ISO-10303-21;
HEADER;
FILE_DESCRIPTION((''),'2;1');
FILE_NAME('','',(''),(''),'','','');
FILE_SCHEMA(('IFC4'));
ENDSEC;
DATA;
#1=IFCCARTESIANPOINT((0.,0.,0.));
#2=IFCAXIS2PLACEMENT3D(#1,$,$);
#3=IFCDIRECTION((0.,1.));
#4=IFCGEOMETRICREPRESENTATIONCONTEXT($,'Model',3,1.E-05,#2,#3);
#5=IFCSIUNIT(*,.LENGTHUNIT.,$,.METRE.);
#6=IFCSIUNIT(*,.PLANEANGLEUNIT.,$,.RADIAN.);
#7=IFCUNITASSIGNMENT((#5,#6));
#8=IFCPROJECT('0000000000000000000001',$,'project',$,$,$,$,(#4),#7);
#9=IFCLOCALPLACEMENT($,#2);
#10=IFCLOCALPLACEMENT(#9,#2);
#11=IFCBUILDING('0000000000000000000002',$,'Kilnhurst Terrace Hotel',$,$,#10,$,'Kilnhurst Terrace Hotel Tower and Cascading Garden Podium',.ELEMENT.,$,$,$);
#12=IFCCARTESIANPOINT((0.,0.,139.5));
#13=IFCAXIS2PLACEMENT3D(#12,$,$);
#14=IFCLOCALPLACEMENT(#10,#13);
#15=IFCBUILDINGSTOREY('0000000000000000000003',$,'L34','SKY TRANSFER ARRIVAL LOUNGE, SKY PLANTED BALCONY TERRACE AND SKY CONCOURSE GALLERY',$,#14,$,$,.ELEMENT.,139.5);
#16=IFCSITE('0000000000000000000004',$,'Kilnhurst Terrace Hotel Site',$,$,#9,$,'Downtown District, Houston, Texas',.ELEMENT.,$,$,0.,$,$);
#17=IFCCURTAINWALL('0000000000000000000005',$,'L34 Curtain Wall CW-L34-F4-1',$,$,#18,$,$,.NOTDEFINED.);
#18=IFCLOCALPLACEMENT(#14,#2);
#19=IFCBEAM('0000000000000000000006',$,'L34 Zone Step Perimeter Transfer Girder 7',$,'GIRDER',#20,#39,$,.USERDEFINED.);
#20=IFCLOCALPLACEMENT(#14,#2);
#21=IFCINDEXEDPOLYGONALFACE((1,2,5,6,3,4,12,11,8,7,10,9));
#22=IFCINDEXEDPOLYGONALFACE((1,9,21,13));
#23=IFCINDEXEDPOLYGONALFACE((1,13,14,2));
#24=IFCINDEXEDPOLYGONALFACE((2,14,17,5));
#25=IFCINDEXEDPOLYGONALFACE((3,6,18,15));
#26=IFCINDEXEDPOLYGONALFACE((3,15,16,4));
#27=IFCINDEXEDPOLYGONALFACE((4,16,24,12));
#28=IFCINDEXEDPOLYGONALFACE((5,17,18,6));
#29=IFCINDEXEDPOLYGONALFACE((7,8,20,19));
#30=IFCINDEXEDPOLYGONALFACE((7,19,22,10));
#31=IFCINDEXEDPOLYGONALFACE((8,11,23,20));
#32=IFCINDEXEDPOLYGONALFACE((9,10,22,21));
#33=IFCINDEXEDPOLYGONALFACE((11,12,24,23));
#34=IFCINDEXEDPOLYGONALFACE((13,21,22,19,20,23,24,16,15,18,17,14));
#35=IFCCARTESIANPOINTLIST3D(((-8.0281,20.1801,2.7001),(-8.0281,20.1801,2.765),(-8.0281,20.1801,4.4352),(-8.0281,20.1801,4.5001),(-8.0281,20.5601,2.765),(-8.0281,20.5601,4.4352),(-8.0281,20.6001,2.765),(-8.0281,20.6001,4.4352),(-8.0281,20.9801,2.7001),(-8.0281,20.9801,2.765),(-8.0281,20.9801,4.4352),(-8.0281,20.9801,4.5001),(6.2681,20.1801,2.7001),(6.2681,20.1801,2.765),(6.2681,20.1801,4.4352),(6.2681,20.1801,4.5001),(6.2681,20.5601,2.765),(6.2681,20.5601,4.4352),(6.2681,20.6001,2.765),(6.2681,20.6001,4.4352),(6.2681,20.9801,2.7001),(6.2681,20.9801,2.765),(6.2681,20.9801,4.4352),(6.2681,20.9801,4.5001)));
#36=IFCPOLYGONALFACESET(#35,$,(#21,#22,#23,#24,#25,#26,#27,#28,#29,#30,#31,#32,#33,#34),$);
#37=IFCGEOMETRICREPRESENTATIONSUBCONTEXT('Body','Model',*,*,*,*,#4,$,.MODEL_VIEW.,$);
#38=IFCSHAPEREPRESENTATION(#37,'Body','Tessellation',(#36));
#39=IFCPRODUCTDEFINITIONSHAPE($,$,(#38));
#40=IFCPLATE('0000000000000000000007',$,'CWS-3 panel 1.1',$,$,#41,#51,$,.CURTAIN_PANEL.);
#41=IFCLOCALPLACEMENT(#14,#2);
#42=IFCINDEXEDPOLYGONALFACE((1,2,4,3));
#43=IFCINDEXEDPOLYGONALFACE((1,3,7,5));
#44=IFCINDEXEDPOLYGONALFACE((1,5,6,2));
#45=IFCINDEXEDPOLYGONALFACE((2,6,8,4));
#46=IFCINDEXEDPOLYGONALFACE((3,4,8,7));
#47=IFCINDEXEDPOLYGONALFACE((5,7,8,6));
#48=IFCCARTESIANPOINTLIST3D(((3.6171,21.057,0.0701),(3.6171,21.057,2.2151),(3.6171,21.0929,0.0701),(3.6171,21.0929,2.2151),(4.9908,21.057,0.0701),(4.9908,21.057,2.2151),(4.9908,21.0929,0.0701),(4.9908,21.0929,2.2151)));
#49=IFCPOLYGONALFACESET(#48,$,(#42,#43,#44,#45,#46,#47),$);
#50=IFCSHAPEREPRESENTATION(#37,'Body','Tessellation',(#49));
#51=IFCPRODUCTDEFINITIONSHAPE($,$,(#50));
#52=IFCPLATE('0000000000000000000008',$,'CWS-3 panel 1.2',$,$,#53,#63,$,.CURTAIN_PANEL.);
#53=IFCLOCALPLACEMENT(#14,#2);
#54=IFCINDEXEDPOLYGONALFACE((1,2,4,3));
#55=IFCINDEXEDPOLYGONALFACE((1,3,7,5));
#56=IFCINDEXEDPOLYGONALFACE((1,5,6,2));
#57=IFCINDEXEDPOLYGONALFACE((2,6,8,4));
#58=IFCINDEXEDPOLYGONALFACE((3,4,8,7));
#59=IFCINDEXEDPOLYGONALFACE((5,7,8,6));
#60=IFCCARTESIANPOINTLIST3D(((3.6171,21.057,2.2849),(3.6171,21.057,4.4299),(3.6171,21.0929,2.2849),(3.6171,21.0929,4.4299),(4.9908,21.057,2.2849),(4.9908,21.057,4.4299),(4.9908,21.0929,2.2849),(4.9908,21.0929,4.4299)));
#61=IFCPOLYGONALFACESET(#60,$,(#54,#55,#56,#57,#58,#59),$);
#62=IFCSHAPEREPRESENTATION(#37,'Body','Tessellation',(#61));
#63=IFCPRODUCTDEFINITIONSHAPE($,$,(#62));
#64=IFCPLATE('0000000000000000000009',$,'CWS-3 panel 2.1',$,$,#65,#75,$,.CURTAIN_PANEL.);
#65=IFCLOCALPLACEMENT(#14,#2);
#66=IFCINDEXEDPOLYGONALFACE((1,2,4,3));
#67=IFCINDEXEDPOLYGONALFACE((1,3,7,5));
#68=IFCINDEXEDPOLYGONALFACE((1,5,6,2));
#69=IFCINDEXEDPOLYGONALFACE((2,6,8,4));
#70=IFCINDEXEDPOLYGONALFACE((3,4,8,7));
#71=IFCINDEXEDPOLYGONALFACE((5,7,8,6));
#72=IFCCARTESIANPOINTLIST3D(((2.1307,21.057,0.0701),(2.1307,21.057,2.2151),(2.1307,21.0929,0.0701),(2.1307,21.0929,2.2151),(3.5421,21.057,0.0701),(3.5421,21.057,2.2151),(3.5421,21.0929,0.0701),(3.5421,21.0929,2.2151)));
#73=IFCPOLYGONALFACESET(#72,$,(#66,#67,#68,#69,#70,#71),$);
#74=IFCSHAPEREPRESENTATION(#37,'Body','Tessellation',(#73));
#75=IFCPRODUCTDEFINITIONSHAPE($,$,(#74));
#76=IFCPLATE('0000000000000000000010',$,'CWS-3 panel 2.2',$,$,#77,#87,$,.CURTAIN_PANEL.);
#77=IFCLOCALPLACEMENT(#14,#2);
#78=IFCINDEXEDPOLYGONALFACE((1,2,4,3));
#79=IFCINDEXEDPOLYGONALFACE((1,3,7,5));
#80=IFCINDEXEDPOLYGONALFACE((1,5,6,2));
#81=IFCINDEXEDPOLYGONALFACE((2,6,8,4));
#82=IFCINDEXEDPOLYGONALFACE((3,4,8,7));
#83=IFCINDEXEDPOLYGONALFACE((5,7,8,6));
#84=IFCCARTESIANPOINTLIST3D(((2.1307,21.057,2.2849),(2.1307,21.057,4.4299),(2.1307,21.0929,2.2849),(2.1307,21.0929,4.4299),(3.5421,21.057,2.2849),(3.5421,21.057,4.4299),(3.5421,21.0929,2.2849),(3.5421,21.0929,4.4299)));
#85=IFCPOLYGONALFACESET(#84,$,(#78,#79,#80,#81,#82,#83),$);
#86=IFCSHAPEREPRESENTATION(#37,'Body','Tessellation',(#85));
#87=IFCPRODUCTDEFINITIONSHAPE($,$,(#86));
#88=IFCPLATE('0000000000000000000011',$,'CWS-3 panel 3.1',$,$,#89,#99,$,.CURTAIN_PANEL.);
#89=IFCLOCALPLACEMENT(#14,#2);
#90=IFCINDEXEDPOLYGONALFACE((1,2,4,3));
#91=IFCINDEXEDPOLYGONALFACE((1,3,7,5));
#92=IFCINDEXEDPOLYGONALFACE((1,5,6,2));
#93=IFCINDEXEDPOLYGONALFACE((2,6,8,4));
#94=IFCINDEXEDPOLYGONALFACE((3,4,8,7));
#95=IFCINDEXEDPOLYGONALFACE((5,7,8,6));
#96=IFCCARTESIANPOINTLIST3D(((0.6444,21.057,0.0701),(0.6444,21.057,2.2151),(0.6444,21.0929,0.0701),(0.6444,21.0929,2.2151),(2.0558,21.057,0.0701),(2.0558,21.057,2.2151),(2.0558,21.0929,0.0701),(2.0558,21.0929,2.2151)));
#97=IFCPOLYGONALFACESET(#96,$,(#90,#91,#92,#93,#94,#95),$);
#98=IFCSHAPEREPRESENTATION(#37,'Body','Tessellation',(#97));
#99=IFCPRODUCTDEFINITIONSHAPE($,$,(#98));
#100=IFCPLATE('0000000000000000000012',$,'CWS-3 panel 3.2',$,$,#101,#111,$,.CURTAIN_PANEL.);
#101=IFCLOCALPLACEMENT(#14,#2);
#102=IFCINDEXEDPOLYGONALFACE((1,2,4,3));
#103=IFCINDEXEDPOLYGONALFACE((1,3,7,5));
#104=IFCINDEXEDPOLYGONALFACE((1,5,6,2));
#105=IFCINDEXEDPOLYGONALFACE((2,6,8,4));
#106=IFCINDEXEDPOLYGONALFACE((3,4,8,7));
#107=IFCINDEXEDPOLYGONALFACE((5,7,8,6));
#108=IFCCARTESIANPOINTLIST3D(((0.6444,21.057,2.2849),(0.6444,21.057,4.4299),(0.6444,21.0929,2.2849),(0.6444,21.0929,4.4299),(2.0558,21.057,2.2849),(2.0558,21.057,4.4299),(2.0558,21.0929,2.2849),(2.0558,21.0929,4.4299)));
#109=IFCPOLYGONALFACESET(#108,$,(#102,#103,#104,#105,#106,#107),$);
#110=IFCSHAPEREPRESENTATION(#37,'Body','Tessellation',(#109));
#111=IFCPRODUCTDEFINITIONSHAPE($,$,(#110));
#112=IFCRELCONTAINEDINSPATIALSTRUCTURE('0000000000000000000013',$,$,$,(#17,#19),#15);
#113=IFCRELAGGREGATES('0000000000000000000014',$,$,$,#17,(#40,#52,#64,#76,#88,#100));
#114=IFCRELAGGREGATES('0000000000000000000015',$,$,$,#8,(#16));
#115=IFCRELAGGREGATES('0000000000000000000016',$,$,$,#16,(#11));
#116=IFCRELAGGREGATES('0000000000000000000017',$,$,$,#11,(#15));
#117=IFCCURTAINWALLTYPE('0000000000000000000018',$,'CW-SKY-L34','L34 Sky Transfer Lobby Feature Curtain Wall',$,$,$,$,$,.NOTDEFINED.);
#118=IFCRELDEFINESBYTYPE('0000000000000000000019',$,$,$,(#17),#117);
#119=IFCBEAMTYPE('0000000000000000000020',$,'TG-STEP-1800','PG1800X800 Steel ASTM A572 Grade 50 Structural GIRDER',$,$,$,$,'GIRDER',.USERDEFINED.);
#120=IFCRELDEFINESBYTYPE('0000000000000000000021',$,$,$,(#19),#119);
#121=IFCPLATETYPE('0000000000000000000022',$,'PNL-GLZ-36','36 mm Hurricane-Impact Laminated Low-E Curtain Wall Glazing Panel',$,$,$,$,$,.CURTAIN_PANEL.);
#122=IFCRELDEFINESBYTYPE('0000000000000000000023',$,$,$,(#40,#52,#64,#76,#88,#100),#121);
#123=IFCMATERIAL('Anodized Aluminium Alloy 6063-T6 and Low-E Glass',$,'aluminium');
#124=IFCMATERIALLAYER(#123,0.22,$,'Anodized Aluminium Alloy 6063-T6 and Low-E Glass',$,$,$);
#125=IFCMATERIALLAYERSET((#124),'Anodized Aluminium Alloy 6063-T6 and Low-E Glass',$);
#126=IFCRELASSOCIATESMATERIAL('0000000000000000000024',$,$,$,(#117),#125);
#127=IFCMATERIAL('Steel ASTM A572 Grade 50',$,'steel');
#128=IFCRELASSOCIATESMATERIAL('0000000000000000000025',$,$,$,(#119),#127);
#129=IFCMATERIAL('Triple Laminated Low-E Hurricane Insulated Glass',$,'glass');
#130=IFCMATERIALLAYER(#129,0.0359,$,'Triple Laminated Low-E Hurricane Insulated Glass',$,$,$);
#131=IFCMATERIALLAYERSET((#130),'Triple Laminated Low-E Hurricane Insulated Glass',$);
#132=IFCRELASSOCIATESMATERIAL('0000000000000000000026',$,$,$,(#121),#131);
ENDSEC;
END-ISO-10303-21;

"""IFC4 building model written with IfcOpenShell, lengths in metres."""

from ifc_helpers import new_model, si_unit, direction, frame, origin, origin_2d, place, context, subcontext, project, spatial, rectangle, i_section, extrude, material, layer, layer_set, material_profile, profile_set, type_object, element, aggregate, save


model = new_model("IFC4")

# Units and contexts
model_context = context("Model", 3, precision=1e-05, world=origin(), true_north=direction((0.0, 1.0)))
body_context = subcontext(model_context, "Body", "Model", "MODEL_VIEW")
ifc_project = project(units=[si_unit("LENGTHUNIT", "METRE"), si_unit("PLANEANGLEUNIT", "RADIAN")], contexts=[model_context])

# Site, building, storey
site_placement = place(None, origin())
site = spatial("IfcSite", under=ifc_project, at=site_placement, Name="Kilnhurst Terrace Hotel Site", LongName="Downtown District, Houston, Texas", CompositionType="ELEMENT", RefElevation=0.0)
building_placement = place(site_placement, origin())
building = spatial("IfcBuilding", under=site, at=building_placement, Name="Kilnhurst Terrace Hotel", LongName="Kilnhurst Terrace Hotel Tower and Cascading Garden Podium", CompositionType="ELEMENT")
storey_placement = place(building_placement, frame((0.0, 0.0, 139.5)))
storey = spatial("IfcBuildingStorey", under=building, at=storey_placement, Name="L34", Description="SKY TRANSFER ARRIVAL LOUNGE, SKY PLANTED BALCONY TERRACE AND SKY CONCOURSE GALLERY", CompositionType="ELEMENT", Elevation=139.5)

# Curtain wall
ifc_material_1 = material(Name="Anodized Aluminium Alloy 6063-T6 and Low-E Glass", Category="aluminium")
ifc_layer_1 = layer(ifc_material_1, 0.22, Name="Anodized Aluminium Alloy 6063-T6 and Low-E Glass")
ifc_layer_set_1 = layer_set([ifc_layer_1], Name="Anodized Aluminium Alloy 6063-T6 and Low-E Glass")
curtain_wall_type = type_object("IfcCurtainWallType", Name="CW-SKY-L34", Description="L34 Sky Transfer Lobby Feature Curtain Wall", PredefinedType="NOTDEFINED", material=ifc_layer_set_1)
curtain_wall_placement = place(storey_placement, origin())
curtain_wall = element("IfcCurtainWall", 1, at=curtain_wall_placement, inside=storey, type_object=curtain_wall_type, Name="L34 Curtain Wall CW-L34-F4-1", PredefinedType="NOTDEFINED")

# Beam
ifc_material_2 = material(Name="Steel ASTM A572 Grade 50", Category="steel")
ifc_material_profile_1 = material_profile(ifc_material_2, i_section(OverallWidth=0.8, OverallDepth=1.8, WebThickness=0.04, FlangeThickness=0.0649, at=origin_2d()), Name="PG1800X800")
ifc_profile_set_1 = profile_set([ifc_material_profile_1], Name="Steel ASTM A572 Grade 50")
beam_type_1 = type_object("IfcBeamType", Name="TG-STEP-1800", Description="PG1800X800 Steel ASTM A572 Grade 50 Structural GIRDER", ElementType="GIRDER", PredefinedType="USERDEFINED", material=ifc_profile_set_1)
beam_1_placement = place(storey_placement, frame((6.2681, 20.5801, 3.6001), z_axis=(-1.0, 0.0, 0.0), x_axis=(0.0, -1.0, 0.0)))
element("IfcBeam", 2, at=beam_1_placement, inside=storey, type_object=beam_type_1, Name="L34 Zone Step Perimeter Transfer Girder 7", ObjectType="GIRDER", PredefinedType="USERDEFINED", context=body_context, shape_type="SweptSolid", body=[
    extrude(i_section(OverallWidth=0.8, OverallDepth=1.8, WebThickness=0.04, FlangeThickness=0.0649, at=origin_2d()), origin(), (0.0, 0.0, 1.0), 14.2961),
])

# Plates
ifc_material_3 = material(Name="Triple Laminated Low-E Hurricane Insulated Glass", Category="glass")
ifc_layer_2 = layer(ifc_material_3, 0.0359, Name="Triple Laminated Low-E Hurricane Insulated Glass")
ifc_layer_set_2 = layer_set([ifc_layer_2], Name="Triple Laminated Low-E Hurricane Insulated Glass")
plate_type = type_object("IfcPlateType", Name="PNL-GLZ-36", Description="36 mm Hurricane-Impact Laminated Low-E Curtain Wall Glazing Panel", PredefinedType="CURTAIN_PANEL", material=ifc_layer_set_2)
plate_1_placement = place(storey_placement, frame((4.304, 21.075, 0.0701), z_axis=(0.0, 0.0, 1.0), x_axis=(-1.0, 0.0, 0.0)))
plate_1 = element("IfcPlate", 3, at=plate_1_placement, type_object=plate_type, Name="CWS-3 panel 1.1", PredefinedType="CURTAIN_PANEL", context=body_context, shape_type="SweptSolid", body=[
    extrude(rectangle(XDim=1.3738, YDim=0.0359, at=origin_2d()), origin(), (0.0, 0.0, 1.0), 2.145),
])
plate_2_placement = place(storey_placement, frame((4.304, 21.075, 2.2849), z_axis=(0.0, 0.0, 1.0), x_axis=(-1.0, 0.0, 0.0)))
plate_2 = element("IfcPlate", 4, at=plate_2_placement, type_object=plate_type, Name="CWS-3 panel 1.2", PredefinedType="CURTAIN_PANEL", context=body_context, shape_type="SweptSolid", body=[
    extrude(rectangle(XDim=1.3738, YDim=0.0359, at=origin_2d()), origin(), (0.0, 0.0, 1.0), 2.145),
])
plate_3_placement = place(storey_placement, frame((2.8364, 21.075, 0.0701), z_axis=(0.0, 0.0, 1.0), x_axis=(-1.0, 0.0, 0.0)))
plate_3 = element("IfcPlate", 5, at=plate_3_placement, type_object=plate_type, Name="CWS-3 panel 2.1", PredefinedType="CURTAIN_PANEL", context=body_context, shape_type="SweptSolid", body=[
    extrude(rectangle(XDim=1.4114, YDim=0.0359, at=origin_2d()), origin(), (0.0, 0.0, 1.0), 2.145),
])
plate_4_placement = place(storey_placement, frame((2.8364, 21.075, 2.2849), z_axis=(0.0, 0.0, 1.0), x_axis=(-1.0, 0.0, 0.0)))
plate_4 = element("IfcPlate", 6, at=plate_4_placement, type_object=plate_type, Name="CWS-3 panel 2.2", PredefinedType="CURTAIN_PANEL", context=body_context, shape_type="SweptSolid", body=[
    extrude(rectangle(XDim=1.4114, YDim=0.0359, at=origin_2d()), origin(), (0.0, 0.0, 1.0), 2.145),
])
plate_5_placement = place(storey_placement, frame((1.3501, 21.075, 0.0701), z_axis=(0.0, 0.0, 1.0), x_axis=(-1.0, 0.0, 0.0)))
plate_5 = element("IfcPlate", 7, at=plate_5_placement, type_object=plate_type, Name="CWS-3 panel 3.1", PredefinedType="CURTAIN_PANEL", context=body_context, shape_type="SweptSolid", body=[
    extrude(rectangle(XDim=1.4114, YDim=0.0359, at=origin_2d()), origin(), (0.0, 0.0, 1.0), 2.145),
])
plate_6_placement = place(storey_placement, frame((1.3501, 21.075, 2.2849), z_axis=(0.0, 0.0, 1.0), x_axis=(-1.0, 0.0, 0.0)))
plate_6 = element("IfcPlate", 8, at=plate_6_placement, type_object=plate_type, Name="CWS-3 panel 3.2", PredefinedType="CURTAIN_PANEL", context=body_context, shape_type="SweptSolid", body=[
    extrude(rectangle(XDim=1.4114, YDim=0.0359, at=origin_2d()), origin(), (0.0, 0.0, 1.0), 2.145),
])
aggregate(curtain_wall, [plate_1, plate_2, plate_3, plate_4, plate_5, plate_6])

save(model, "model.ifc")
